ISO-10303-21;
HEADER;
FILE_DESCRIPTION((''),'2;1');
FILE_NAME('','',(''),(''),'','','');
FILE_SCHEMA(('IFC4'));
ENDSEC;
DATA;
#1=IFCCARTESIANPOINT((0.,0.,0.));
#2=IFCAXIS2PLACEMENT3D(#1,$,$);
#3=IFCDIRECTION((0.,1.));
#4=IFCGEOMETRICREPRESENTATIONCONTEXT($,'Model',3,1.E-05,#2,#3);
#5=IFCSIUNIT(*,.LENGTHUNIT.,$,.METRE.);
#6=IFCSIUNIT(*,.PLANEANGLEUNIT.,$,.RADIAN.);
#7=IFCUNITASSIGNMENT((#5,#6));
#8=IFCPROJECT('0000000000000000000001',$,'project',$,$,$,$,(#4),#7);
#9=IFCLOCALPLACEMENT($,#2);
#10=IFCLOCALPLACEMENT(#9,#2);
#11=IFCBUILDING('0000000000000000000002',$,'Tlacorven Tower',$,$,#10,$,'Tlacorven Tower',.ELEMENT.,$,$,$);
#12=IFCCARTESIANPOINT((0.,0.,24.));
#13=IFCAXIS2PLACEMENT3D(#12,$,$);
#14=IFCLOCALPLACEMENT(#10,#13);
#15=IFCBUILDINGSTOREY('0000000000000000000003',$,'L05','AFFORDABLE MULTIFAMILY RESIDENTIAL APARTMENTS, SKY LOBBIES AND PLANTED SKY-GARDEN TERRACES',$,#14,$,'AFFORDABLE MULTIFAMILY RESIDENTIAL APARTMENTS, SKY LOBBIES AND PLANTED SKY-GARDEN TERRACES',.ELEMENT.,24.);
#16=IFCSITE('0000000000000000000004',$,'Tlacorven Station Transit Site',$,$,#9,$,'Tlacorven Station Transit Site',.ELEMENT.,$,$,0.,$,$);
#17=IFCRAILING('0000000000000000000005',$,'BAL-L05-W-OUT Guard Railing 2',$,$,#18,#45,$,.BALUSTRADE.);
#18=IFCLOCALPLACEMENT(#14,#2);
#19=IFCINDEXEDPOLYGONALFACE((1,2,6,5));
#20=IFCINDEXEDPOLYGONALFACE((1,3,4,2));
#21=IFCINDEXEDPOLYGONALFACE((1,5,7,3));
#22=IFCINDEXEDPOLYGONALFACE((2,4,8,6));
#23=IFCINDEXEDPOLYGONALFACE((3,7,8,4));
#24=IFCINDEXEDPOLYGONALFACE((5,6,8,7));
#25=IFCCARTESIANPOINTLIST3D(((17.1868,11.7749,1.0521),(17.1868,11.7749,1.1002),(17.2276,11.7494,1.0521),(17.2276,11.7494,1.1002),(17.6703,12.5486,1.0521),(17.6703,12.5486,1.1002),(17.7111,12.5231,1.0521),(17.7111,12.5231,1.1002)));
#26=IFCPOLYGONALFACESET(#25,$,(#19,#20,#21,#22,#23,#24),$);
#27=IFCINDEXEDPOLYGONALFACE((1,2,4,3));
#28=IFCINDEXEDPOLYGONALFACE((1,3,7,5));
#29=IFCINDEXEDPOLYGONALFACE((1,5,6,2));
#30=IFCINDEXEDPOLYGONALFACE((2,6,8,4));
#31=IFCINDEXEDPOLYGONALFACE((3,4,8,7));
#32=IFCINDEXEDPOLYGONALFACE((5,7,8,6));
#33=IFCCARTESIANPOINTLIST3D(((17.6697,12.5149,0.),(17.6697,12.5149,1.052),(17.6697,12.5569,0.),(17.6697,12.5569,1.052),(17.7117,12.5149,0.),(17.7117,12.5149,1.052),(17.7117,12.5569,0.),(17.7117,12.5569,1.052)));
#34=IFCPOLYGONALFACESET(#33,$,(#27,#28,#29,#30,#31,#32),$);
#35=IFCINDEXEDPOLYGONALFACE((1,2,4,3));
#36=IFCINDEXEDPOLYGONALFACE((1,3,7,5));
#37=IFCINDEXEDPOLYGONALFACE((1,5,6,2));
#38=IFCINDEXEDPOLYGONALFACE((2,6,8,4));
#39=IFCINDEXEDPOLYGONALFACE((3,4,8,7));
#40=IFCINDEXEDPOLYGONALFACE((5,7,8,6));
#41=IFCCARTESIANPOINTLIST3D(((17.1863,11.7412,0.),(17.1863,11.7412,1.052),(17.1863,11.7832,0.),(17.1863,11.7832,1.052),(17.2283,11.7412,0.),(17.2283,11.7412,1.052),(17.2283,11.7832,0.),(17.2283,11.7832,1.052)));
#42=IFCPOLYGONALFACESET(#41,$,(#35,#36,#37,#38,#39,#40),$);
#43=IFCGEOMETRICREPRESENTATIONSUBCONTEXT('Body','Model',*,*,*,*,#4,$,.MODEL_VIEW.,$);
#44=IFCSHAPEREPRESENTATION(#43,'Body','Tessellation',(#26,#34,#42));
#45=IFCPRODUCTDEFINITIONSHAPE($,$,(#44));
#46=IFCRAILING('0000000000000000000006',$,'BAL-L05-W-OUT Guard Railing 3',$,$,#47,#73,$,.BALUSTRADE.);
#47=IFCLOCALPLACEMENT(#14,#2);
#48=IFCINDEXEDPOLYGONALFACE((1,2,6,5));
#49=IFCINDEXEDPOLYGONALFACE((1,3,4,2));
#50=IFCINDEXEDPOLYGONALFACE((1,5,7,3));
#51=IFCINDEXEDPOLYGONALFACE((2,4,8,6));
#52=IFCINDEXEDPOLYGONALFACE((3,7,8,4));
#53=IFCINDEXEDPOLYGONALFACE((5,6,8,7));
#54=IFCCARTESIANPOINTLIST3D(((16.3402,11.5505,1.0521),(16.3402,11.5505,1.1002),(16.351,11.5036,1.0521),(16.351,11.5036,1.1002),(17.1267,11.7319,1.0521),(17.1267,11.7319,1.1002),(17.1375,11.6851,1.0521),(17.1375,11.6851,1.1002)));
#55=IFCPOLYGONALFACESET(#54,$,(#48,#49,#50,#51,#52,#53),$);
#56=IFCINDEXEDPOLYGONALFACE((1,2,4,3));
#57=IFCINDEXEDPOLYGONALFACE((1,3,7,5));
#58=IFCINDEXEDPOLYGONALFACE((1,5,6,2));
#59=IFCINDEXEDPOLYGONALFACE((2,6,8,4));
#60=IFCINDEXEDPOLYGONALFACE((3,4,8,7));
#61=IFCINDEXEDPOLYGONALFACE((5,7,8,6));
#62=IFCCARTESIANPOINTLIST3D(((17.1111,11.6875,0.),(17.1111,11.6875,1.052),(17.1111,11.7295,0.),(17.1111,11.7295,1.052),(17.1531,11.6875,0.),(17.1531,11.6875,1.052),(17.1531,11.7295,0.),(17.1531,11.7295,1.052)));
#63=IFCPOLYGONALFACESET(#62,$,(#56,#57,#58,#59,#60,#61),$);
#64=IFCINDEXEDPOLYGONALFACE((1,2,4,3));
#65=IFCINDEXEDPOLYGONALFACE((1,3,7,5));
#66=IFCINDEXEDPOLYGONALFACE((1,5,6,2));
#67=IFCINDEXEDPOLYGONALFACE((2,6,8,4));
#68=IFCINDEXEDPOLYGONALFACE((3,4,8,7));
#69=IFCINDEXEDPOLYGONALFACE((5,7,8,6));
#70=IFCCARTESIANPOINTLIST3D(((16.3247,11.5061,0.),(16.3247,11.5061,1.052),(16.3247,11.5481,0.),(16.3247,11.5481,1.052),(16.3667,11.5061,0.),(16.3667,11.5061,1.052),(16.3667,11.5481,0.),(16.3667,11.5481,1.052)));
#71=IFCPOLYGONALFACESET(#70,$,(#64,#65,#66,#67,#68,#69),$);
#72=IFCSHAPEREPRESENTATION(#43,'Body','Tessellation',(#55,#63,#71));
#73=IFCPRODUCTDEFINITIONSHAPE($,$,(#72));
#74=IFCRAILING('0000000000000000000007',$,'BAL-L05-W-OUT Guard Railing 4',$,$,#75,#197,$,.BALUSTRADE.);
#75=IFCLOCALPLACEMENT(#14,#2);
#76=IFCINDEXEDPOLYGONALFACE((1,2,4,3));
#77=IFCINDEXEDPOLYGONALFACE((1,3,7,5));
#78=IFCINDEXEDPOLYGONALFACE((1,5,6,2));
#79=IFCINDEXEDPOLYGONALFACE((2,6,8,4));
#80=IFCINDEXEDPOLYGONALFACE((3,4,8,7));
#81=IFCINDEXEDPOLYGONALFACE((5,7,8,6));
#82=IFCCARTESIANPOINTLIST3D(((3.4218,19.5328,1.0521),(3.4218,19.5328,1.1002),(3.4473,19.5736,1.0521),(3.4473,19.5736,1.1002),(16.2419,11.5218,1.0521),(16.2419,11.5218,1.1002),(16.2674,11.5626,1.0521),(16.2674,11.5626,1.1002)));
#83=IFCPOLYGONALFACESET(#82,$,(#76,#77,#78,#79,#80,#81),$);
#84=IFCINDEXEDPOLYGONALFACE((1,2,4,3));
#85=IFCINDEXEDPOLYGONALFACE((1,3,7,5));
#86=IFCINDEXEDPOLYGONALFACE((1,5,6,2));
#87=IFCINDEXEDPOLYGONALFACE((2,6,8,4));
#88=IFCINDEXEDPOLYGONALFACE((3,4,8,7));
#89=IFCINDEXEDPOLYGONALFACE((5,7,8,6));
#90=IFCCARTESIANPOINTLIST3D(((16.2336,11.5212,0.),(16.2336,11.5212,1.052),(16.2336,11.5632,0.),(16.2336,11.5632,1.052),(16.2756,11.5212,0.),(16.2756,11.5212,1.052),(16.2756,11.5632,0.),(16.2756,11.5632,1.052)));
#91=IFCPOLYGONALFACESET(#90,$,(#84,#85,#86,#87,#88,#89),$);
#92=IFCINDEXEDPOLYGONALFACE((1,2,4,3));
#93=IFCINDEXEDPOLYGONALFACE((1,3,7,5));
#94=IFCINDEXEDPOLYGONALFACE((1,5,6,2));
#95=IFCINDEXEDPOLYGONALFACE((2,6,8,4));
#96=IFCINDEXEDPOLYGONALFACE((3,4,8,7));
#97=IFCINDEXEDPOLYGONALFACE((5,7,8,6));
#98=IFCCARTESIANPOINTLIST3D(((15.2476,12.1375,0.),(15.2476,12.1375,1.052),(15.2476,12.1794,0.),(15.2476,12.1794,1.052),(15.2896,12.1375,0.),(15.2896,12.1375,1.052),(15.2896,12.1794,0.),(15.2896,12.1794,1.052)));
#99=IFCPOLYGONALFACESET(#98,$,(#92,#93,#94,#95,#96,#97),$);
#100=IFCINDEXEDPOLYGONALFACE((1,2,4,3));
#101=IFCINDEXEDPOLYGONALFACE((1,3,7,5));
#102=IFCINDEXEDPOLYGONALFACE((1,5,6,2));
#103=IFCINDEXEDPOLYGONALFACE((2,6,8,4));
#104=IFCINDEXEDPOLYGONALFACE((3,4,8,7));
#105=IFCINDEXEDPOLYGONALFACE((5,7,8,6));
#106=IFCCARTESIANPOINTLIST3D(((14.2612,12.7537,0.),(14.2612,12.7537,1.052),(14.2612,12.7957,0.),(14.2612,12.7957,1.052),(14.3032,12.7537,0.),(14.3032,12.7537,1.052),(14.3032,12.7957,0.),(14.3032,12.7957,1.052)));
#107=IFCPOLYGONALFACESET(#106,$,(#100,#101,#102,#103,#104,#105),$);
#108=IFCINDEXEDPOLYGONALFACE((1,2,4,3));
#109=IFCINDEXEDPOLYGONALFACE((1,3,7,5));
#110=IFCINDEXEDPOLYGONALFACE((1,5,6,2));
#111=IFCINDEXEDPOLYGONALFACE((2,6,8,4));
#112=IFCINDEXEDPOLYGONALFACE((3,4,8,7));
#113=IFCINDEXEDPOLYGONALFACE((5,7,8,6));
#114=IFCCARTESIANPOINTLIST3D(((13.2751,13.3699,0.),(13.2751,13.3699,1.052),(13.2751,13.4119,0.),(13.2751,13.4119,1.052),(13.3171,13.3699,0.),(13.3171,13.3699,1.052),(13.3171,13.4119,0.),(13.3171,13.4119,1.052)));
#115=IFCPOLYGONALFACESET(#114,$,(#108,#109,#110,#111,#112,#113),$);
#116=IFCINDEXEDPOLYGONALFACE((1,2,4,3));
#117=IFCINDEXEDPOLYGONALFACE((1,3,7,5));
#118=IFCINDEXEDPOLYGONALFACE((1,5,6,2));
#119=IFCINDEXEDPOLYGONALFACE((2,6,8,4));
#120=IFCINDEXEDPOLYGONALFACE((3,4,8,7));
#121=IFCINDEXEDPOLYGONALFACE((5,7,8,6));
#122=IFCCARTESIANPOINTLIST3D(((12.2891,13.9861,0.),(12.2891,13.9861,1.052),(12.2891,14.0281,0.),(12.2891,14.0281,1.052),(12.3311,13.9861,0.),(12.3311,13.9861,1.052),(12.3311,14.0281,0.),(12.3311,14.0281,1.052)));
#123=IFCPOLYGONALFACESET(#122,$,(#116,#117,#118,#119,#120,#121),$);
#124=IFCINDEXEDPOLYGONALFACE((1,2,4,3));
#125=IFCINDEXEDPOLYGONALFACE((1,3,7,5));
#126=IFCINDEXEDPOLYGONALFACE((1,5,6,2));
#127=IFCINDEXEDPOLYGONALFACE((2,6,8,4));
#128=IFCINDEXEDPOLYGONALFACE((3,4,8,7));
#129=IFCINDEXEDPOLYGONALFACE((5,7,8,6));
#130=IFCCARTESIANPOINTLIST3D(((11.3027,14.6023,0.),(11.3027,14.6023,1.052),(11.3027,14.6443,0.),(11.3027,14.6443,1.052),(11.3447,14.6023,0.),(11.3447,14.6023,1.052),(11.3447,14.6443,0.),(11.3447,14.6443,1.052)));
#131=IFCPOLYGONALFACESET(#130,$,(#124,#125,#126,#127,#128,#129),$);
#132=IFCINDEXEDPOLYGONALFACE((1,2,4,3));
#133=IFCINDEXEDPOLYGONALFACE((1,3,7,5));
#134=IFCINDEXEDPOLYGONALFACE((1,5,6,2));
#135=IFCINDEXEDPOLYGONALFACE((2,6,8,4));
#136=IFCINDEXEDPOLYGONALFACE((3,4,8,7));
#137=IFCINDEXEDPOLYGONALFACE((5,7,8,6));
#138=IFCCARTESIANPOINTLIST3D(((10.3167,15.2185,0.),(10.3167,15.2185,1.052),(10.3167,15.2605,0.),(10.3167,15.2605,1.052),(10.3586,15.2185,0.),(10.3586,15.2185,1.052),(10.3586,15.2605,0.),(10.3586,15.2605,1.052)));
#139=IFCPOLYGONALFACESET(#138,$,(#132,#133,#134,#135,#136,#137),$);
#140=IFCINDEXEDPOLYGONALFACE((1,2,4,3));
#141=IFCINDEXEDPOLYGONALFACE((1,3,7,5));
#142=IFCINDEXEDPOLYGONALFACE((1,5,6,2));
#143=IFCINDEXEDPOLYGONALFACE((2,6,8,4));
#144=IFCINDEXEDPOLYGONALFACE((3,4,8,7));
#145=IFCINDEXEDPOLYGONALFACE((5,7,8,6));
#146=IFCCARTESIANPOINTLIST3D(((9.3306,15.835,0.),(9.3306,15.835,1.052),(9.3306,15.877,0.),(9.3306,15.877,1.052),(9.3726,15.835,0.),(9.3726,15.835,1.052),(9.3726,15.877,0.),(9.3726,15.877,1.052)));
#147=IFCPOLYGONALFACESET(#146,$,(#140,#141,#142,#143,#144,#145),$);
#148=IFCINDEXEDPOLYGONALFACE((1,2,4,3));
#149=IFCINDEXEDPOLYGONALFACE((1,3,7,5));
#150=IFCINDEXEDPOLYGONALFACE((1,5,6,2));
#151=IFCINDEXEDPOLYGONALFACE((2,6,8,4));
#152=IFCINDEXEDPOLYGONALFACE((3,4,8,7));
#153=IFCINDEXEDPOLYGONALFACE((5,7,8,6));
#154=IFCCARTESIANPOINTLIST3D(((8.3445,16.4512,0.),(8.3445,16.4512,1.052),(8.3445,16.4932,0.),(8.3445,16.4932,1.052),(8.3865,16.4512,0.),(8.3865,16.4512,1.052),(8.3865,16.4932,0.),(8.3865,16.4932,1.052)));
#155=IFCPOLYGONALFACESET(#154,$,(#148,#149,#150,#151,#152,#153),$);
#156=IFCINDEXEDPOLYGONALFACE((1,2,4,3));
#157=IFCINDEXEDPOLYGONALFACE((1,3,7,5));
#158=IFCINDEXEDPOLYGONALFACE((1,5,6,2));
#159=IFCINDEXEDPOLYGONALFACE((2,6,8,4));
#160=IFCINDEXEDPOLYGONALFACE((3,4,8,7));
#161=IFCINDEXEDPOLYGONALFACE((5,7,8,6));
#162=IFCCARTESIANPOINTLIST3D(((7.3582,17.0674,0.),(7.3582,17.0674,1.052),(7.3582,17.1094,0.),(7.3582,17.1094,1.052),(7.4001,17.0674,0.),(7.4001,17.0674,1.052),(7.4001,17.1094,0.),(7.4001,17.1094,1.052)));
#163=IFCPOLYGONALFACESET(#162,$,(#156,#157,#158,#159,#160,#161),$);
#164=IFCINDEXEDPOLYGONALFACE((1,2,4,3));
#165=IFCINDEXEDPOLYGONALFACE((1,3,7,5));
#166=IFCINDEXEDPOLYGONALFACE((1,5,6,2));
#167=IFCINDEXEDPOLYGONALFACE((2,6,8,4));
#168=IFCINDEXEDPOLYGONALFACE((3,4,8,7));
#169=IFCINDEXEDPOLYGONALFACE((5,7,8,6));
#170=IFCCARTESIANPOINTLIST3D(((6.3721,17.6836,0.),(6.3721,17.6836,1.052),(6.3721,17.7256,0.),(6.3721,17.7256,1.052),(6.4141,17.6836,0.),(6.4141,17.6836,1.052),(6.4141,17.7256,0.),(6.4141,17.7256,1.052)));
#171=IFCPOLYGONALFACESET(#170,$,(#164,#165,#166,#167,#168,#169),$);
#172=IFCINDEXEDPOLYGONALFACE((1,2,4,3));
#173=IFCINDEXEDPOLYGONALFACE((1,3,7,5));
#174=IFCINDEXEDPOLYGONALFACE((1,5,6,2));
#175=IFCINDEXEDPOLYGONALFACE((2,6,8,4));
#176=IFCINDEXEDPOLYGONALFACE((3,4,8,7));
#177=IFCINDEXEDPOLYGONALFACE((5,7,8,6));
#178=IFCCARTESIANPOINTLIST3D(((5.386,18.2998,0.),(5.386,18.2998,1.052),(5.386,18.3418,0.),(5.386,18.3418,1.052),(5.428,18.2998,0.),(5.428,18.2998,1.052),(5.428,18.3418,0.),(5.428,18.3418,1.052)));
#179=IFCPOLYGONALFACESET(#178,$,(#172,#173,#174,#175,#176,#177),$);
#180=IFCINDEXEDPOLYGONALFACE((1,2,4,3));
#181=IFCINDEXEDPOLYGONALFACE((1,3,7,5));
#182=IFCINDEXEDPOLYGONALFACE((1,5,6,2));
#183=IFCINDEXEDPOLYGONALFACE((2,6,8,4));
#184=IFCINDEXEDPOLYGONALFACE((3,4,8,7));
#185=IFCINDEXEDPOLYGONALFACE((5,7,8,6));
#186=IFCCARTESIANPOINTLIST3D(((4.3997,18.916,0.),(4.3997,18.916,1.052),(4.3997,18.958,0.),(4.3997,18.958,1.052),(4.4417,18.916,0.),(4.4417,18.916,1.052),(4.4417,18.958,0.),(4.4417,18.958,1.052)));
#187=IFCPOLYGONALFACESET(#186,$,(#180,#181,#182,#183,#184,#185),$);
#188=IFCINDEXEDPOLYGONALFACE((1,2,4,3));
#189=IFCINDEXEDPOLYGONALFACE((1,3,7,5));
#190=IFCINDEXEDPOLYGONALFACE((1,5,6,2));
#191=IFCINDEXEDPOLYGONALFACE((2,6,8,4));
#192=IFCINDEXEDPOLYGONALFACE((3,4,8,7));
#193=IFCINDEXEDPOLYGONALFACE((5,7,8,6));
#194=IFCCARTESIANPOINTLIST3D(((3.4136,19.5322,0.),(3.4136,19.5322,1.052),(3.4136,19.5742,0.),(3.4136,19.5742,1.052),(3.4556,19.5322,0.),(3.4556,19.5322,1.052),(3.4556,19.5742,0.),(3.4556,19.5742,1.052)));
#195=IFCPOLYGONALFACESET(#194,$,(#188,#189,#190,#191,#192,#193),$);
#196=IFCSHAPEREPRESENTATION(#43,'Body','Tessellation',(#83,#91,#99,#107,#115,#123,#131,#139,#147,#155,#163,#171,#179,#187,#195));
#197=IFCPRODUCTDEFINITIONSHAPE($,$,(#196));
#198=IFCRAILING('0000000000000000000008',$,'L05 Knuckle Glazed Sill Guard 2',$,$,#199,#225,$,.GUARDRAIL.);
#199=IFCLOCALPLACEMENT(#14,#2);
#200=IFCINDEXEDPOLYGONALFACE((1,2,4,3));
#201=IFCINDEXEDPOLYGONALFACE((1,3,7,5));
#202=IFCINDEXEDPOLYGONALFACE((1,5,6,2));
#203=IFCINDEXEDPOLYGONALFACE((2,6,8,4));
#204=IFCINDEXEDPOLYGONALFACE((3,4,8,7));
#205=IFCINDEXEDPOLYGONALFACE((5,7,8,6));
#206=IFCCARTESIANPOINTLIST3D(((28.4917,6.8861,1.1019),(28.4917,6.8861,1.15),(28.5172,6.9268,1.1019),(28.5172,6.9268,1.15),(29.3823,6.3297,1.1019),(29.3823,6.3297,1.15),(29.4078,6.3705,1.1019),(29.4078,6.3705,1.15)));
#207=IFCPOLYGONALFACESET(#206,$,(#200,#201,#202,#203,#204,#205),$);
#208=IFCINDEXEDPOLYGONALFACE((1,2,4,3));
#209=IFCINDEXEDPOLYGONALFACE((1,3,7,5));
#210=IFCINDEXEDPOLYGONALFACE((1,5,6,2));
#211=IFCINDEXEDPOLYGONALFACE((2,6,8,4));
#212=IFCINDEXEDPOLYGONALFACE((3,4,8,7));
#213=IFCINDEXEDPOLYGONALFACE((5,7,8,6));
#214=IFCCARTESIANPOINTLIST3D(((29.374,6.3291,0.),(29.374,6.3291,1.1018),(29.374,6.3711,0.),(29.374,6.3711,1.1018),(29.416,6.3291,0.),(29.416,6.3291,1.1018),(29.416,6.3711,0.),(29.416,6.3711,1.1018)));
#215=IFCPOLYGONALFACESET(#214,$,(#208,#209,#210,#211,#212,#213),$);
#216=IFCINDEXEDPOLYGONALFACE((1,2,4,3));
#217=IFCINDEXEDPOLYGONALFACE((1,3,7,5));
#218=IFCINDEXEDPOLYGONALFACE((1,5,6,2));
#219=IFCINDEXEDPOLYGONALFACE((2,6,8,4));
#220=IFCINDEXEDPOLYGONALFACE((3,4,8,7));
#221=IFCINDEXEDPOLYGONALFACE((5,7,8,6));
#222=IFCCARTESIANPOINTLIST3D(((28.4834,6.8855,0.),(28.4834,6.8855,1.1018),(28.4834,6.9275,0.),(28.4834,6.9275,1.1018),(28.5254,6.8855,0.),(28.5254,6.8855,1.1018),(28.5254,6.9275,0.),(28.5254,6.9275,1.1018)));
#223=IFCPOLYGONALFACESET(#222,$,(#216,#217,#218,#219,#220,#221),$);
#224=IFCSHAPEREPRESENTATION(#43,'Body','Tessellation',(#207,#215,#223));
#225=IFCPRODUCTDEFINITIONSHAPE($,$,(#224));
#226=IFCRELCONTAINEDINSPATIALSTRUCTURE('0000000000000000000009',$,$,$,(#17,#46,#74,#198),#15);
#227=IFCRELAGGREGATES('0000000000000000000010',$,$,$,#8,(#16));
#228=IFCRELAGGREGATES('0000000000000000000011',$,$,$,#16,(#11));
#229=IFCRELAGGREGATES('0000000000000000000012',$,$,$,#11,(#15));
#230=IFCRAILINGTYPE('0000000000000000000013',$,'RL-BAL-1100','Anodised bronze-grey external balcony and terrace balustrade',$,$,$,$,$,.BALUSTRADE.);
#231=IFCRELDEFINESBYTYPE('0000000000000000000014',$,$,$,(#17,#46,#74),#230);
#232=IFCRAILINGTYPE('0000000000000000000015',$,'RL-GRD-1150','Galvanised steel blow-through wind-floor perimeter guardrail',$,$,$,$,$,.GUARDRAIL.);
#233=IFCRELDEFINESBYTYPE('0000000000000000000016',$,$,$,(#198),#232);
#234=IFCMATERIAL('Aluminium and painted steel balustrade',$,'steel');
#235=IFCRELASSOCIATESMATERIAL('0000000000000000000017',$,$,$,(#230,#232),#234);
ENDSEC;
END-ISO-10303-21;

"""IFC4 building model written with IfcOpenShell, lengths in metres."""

from ifc_helpers import new_model, si_unit, direction, frame, origin, origin_2d, place, context, subcontext, project, spatial, rectangle, extrude, source, transform, mapped, material, type_object, element, save


model = new_model("IFC4")

# Units and contexts
model_context = context("Model", 3, precision=1e-05, world=origin(), true_north=direction((0.0, 1.0)))
body_context = subcontext(model_context, "Body", "Model", "MODEL_VIEW")
ifc_project = project(units=[si_unit("LENGTHUNIT", "METRE"), si_unit("PLANEANGLEUNIT", "RADIAN")], contexts=[model_context])

# Site, building, storey
site_placement = place(None, origin())
site = spatial("IfcSite", under=ifc_project, at=site_placement, Name="Tlacorven Station Transit Site", LongName="Tlacorven Station Transit Site", CompositionType="ELEMENT", RefElevation=0.0)
building_placement = place(site_placement, origin())
building = spatial("IfcBuilding", under=site, at=building_placement, Name="Tlacorven Tower", LongName="Tlacorven Tower", CompositionType="ELEMENT")
storey_placement = place(building_placement, frame((0.0, 0.0, 24.0)))
storey = spatial("IfcBuildingStorey", under=building, at=storey_placement, Name="L05", Description="AFFORDABLE MULTIFAMILY RESIDENTIAL APARTMENTS, SKY LOBBIES AND PLANTED SKY-GARDEN TERRACES", LongName="AFFORDABLE MULTIFAMILY RESIDENTIAL APARTMENTS, SKY LOBBIES AND PLANTED SKY-GARDEN TERRACES", CompositionType="ELEMENT", Elevation=24.0)

# Railings
ifc_material_1 = material(Name="Aluminium and painted steel balustrade", Category="steel")
railing_type_1 = type_object("IfcRailingType", Name="RL-BAL-1100", Description="Anodised bronze-grey external balcony and terrace balustrade", PredefinedType="BALUSTRADE", material=ifc_material_1)
shared_shape_1 = source(origin(), body_context, "Body", "SweptSolid", [
    extrude(rectangle(XDim=0.0481, YDim=0.0481, at=origin_2d()), frame((0.0, 0.0, 1.0762), z_axis=(-0.529879, -0.848073, 0.0), x_axis=(0.848073, -0.529879, 0.0)), (0.0, 0.0, 1.0), 0.9124),
    extrude(rectangle(XDim=0.042, YDim=0.042, at=origin_2d()), origin(), (0.0, 0.0, 1.0), 1.052),
    extrude(rectangle(XDim=0.042, YDim=0.042, at=origin_2d()), frame((-0.4834, -0.7737, 0.0)), (0.0, 0.0, 1.0), 1.052),
])
railing_1_placement = place(storey_placement, frame((17.6907, 12.5359, 0.0)))
element("IfcRailing", 1, at=railing_1_placement, inside=storey, type_object=railing_type_1, Name="BAL-L05-W-OUT Guard Railing 2", PredefinedType="BALUSTRADE", context=body_context, shape_type="MappedRepresentation", body=[
    mapped(shared_shape_1, transform((0.0, 0.0, 0.0), scale=1.0)),
])
shared_shape_2 = source(origin(), body_context, "Body", "SweptSolid", [
    extrude(rectangle(XDim=0.0481, YDim=0.0481, at=origin_2d()), frame((0.0, 0.0, 1.0762), z_axis=(-0.974412, -0.224771, 0.0), x_axis=(0.224771, -0.974412, 0.0)), (0.0, 0.0, 1.0), 0.8071),
    extrude(rectangle(XDim=0.042, YDim=0.042, at=origin_2d()), origin(), (0.0, 0.0, 1.0), 1.052),
    extrude(rectangle(XDim=0.042, YDim=0.042, at=origin_2d()), frame((-0.7864, -0.1814, 0.0)), (0.0, 0.0, 1.0), 1.052),
])
railing_2_placement = place(storey_placement, frame((17.1321, 11.7085, 0.0)))
element("IfcRailing", 2, at=railing_2_placement, inside=storey, type_object=railing_type_1, Name="BAL-L05-W-OUT Guard Railing 3", PredefinedType="BALUSTRADE", context=body_context, shape_type="MappedRepresentation", body=[
    mapped(shared_shape_2, transform((0.0, 0.0, 0.0), scale=1.0)),
])
shared_shape_3 = source(origin(), body_context, "Body", "SweptSolid", [
    extrude(rectangle(XDim=0.0481, YDim=0.0481, at=origin_2d()), frame((0.0, 0.0, 1.0762), z_axis=(-0.848045, 0.529925, 0.0), x_axis=(-0.529925, -0.848045, 0.0)), (0.0, 0.0, 1.0), 15.1172),
    extrude(rectangle(XDim=0.042, YDim=0.042, at=origin_2d()), origin(), (0.0, 0.0, 1.0), 1.052),
    extrude(rectangle(XDim=0.042, YDim=0.042, at=origin_2d()), frame((-0.9861, 0.6162, 0.0)), (0.0, 0.0, 1.0), 1.052),
    extrude(rectangle(XDim=0.042, YDim=0.042, at=origin_2d()), frame((-1.9724, 1.2324, 0.0)), (0.0, 0.0, 1.0), 1.052),
    extrude(rectangle(XDim=0.042, YDim=0.042, at=origin_2d()), frame((-2.9585, 1.8486, 0.0)), (0.0, 0.0, 1.0), 1.052),
    extrude(rectangle(XDim=0.042, YDim=0.042, at=origin_2d()), frame((-3.9446, 2.4648, 0.0)), (0.0, 0.0, 1.0), 1.052),
    extrude(rectangle(XDim=0.042, YDim=0.042, at=origin_2d()), frame((-4.9309, 3.0811, 0.0)), (0.0, 0.0, 1.0), 1.052),
    extrude(rectangle(XDim=0.042, YDim=0.042, at=origin_2d()), frame((-5.917, 3.6973, 0.0)), (0.0, 0.0, 1.0), 1.052),
    extrude(rectangle(XDim=0.042, YDim=0.042, at=origin_2d()), frame((-6.9031, 4.3137, 0.0)), (0.0, 0.0, 1.0), 1.052),
    extrude(rectangle(XDim=0.042, YDim=0.042, at=origin_2d()), frame((-7.8892, 4.9299, 0.0)), (0.0, 0.0, 1.0), 1.052),
    extrude(rectangle(XDim=0.042, YDim=0.042, at=origin_2d()), frame((-8.8755, 5.5461, 0.0)), (0.0, 0.0, 1.0), 1.052),
    extrude(rectangle(XDim=0.042, YDim=0.042, at=origin_2d()), frame((-9.8616, 6.1624, 0.0)), (0.0, 0.0, 1.0), 1.052),
    extrude(rectangle(XDim=0.042, YDim=0.042, at=origin_2d()), frame((-10.8477, 6.7786, 0.0)), (0.0, 0.0, 1.0), 1.052),
    extrude(rectangle(XDim=0.042, YDim=0.042, at=origin_2d()), frame((-11.834, 7.3948, 0.0)), (0.0, 0.0, 1.0), 1.052),
    extrude(rectangle(XDim=0.042, YDim=0.042, at=origin_2d()), frame((-12.8201, 8.011, 0.0)), (0.0, 0.0, 1.0), 1.052),
])
railing_3_placement = place(storey_placement, frame((16.2546, 11.5422, 0.0)))
element("IfcRailing", 3, at=railing_3_placement, inside=storey, type_object=railing_type_1, Name="BAL-L05-W-OUT Guard Railing 4", PredefinedType="BALUSTRADE", context=body_context, shape_type="MappedRepresentation", body=[
    mapped(shared_shape_3, transform((0.0, 0.0, 0.0), scale=1.0)),
])
railing_type_2 = type_object("IfcRailingType", Name="RL-GRD-1150", Description="Galvanised steel blow-through wind-floor perimeter guardrail", PredefinedType="GUARDRAIL", material=ifc_material_1)
shared_shape_4 = source(origin(), body_context, "Body", "SweptSolid", [
    extrude(rectangle(XDim=0.0481, YDim=0.0481, at=origin_2d()), frame((0.0, 0.0, 1.126), z_axis=(-0.848103, 0.529832, 0.0), x_axis=(-0.529832, -0.848103, 0.0)), (0.0, 0.0, 1.0), 1.05),
    extrude(rectangle(XDim=0.042, YDim=0.042, at=origin_2d()), origin(), (0.0, 0.0, 1.0), 1.1018),
    extrude(rectangle(XDim=0.042, YDim=0.042, at=origin_2d()), frame((-0.8906, 0.5564, 0.0)), (0.0, 0.0, 1.0), 1.1018),
])
railing_4_placement = place(storey_placement, frame((29.395, 6.3501, 0.0)))
element("IfcRailing", 4, at=railing_4_placement, inside=storey, type_object=railing_type_2, Name="L05 Knuckle Glazed Sill Guard 2", PredefinedType="GUARDRAIL", context=body_context, shape_type="MappedRepresentation", body=[
    mapped(shared_shape_4, transform((0.0, 0.0, 0.0), scale=1.0)),
])

save(model, "model.ifc")
